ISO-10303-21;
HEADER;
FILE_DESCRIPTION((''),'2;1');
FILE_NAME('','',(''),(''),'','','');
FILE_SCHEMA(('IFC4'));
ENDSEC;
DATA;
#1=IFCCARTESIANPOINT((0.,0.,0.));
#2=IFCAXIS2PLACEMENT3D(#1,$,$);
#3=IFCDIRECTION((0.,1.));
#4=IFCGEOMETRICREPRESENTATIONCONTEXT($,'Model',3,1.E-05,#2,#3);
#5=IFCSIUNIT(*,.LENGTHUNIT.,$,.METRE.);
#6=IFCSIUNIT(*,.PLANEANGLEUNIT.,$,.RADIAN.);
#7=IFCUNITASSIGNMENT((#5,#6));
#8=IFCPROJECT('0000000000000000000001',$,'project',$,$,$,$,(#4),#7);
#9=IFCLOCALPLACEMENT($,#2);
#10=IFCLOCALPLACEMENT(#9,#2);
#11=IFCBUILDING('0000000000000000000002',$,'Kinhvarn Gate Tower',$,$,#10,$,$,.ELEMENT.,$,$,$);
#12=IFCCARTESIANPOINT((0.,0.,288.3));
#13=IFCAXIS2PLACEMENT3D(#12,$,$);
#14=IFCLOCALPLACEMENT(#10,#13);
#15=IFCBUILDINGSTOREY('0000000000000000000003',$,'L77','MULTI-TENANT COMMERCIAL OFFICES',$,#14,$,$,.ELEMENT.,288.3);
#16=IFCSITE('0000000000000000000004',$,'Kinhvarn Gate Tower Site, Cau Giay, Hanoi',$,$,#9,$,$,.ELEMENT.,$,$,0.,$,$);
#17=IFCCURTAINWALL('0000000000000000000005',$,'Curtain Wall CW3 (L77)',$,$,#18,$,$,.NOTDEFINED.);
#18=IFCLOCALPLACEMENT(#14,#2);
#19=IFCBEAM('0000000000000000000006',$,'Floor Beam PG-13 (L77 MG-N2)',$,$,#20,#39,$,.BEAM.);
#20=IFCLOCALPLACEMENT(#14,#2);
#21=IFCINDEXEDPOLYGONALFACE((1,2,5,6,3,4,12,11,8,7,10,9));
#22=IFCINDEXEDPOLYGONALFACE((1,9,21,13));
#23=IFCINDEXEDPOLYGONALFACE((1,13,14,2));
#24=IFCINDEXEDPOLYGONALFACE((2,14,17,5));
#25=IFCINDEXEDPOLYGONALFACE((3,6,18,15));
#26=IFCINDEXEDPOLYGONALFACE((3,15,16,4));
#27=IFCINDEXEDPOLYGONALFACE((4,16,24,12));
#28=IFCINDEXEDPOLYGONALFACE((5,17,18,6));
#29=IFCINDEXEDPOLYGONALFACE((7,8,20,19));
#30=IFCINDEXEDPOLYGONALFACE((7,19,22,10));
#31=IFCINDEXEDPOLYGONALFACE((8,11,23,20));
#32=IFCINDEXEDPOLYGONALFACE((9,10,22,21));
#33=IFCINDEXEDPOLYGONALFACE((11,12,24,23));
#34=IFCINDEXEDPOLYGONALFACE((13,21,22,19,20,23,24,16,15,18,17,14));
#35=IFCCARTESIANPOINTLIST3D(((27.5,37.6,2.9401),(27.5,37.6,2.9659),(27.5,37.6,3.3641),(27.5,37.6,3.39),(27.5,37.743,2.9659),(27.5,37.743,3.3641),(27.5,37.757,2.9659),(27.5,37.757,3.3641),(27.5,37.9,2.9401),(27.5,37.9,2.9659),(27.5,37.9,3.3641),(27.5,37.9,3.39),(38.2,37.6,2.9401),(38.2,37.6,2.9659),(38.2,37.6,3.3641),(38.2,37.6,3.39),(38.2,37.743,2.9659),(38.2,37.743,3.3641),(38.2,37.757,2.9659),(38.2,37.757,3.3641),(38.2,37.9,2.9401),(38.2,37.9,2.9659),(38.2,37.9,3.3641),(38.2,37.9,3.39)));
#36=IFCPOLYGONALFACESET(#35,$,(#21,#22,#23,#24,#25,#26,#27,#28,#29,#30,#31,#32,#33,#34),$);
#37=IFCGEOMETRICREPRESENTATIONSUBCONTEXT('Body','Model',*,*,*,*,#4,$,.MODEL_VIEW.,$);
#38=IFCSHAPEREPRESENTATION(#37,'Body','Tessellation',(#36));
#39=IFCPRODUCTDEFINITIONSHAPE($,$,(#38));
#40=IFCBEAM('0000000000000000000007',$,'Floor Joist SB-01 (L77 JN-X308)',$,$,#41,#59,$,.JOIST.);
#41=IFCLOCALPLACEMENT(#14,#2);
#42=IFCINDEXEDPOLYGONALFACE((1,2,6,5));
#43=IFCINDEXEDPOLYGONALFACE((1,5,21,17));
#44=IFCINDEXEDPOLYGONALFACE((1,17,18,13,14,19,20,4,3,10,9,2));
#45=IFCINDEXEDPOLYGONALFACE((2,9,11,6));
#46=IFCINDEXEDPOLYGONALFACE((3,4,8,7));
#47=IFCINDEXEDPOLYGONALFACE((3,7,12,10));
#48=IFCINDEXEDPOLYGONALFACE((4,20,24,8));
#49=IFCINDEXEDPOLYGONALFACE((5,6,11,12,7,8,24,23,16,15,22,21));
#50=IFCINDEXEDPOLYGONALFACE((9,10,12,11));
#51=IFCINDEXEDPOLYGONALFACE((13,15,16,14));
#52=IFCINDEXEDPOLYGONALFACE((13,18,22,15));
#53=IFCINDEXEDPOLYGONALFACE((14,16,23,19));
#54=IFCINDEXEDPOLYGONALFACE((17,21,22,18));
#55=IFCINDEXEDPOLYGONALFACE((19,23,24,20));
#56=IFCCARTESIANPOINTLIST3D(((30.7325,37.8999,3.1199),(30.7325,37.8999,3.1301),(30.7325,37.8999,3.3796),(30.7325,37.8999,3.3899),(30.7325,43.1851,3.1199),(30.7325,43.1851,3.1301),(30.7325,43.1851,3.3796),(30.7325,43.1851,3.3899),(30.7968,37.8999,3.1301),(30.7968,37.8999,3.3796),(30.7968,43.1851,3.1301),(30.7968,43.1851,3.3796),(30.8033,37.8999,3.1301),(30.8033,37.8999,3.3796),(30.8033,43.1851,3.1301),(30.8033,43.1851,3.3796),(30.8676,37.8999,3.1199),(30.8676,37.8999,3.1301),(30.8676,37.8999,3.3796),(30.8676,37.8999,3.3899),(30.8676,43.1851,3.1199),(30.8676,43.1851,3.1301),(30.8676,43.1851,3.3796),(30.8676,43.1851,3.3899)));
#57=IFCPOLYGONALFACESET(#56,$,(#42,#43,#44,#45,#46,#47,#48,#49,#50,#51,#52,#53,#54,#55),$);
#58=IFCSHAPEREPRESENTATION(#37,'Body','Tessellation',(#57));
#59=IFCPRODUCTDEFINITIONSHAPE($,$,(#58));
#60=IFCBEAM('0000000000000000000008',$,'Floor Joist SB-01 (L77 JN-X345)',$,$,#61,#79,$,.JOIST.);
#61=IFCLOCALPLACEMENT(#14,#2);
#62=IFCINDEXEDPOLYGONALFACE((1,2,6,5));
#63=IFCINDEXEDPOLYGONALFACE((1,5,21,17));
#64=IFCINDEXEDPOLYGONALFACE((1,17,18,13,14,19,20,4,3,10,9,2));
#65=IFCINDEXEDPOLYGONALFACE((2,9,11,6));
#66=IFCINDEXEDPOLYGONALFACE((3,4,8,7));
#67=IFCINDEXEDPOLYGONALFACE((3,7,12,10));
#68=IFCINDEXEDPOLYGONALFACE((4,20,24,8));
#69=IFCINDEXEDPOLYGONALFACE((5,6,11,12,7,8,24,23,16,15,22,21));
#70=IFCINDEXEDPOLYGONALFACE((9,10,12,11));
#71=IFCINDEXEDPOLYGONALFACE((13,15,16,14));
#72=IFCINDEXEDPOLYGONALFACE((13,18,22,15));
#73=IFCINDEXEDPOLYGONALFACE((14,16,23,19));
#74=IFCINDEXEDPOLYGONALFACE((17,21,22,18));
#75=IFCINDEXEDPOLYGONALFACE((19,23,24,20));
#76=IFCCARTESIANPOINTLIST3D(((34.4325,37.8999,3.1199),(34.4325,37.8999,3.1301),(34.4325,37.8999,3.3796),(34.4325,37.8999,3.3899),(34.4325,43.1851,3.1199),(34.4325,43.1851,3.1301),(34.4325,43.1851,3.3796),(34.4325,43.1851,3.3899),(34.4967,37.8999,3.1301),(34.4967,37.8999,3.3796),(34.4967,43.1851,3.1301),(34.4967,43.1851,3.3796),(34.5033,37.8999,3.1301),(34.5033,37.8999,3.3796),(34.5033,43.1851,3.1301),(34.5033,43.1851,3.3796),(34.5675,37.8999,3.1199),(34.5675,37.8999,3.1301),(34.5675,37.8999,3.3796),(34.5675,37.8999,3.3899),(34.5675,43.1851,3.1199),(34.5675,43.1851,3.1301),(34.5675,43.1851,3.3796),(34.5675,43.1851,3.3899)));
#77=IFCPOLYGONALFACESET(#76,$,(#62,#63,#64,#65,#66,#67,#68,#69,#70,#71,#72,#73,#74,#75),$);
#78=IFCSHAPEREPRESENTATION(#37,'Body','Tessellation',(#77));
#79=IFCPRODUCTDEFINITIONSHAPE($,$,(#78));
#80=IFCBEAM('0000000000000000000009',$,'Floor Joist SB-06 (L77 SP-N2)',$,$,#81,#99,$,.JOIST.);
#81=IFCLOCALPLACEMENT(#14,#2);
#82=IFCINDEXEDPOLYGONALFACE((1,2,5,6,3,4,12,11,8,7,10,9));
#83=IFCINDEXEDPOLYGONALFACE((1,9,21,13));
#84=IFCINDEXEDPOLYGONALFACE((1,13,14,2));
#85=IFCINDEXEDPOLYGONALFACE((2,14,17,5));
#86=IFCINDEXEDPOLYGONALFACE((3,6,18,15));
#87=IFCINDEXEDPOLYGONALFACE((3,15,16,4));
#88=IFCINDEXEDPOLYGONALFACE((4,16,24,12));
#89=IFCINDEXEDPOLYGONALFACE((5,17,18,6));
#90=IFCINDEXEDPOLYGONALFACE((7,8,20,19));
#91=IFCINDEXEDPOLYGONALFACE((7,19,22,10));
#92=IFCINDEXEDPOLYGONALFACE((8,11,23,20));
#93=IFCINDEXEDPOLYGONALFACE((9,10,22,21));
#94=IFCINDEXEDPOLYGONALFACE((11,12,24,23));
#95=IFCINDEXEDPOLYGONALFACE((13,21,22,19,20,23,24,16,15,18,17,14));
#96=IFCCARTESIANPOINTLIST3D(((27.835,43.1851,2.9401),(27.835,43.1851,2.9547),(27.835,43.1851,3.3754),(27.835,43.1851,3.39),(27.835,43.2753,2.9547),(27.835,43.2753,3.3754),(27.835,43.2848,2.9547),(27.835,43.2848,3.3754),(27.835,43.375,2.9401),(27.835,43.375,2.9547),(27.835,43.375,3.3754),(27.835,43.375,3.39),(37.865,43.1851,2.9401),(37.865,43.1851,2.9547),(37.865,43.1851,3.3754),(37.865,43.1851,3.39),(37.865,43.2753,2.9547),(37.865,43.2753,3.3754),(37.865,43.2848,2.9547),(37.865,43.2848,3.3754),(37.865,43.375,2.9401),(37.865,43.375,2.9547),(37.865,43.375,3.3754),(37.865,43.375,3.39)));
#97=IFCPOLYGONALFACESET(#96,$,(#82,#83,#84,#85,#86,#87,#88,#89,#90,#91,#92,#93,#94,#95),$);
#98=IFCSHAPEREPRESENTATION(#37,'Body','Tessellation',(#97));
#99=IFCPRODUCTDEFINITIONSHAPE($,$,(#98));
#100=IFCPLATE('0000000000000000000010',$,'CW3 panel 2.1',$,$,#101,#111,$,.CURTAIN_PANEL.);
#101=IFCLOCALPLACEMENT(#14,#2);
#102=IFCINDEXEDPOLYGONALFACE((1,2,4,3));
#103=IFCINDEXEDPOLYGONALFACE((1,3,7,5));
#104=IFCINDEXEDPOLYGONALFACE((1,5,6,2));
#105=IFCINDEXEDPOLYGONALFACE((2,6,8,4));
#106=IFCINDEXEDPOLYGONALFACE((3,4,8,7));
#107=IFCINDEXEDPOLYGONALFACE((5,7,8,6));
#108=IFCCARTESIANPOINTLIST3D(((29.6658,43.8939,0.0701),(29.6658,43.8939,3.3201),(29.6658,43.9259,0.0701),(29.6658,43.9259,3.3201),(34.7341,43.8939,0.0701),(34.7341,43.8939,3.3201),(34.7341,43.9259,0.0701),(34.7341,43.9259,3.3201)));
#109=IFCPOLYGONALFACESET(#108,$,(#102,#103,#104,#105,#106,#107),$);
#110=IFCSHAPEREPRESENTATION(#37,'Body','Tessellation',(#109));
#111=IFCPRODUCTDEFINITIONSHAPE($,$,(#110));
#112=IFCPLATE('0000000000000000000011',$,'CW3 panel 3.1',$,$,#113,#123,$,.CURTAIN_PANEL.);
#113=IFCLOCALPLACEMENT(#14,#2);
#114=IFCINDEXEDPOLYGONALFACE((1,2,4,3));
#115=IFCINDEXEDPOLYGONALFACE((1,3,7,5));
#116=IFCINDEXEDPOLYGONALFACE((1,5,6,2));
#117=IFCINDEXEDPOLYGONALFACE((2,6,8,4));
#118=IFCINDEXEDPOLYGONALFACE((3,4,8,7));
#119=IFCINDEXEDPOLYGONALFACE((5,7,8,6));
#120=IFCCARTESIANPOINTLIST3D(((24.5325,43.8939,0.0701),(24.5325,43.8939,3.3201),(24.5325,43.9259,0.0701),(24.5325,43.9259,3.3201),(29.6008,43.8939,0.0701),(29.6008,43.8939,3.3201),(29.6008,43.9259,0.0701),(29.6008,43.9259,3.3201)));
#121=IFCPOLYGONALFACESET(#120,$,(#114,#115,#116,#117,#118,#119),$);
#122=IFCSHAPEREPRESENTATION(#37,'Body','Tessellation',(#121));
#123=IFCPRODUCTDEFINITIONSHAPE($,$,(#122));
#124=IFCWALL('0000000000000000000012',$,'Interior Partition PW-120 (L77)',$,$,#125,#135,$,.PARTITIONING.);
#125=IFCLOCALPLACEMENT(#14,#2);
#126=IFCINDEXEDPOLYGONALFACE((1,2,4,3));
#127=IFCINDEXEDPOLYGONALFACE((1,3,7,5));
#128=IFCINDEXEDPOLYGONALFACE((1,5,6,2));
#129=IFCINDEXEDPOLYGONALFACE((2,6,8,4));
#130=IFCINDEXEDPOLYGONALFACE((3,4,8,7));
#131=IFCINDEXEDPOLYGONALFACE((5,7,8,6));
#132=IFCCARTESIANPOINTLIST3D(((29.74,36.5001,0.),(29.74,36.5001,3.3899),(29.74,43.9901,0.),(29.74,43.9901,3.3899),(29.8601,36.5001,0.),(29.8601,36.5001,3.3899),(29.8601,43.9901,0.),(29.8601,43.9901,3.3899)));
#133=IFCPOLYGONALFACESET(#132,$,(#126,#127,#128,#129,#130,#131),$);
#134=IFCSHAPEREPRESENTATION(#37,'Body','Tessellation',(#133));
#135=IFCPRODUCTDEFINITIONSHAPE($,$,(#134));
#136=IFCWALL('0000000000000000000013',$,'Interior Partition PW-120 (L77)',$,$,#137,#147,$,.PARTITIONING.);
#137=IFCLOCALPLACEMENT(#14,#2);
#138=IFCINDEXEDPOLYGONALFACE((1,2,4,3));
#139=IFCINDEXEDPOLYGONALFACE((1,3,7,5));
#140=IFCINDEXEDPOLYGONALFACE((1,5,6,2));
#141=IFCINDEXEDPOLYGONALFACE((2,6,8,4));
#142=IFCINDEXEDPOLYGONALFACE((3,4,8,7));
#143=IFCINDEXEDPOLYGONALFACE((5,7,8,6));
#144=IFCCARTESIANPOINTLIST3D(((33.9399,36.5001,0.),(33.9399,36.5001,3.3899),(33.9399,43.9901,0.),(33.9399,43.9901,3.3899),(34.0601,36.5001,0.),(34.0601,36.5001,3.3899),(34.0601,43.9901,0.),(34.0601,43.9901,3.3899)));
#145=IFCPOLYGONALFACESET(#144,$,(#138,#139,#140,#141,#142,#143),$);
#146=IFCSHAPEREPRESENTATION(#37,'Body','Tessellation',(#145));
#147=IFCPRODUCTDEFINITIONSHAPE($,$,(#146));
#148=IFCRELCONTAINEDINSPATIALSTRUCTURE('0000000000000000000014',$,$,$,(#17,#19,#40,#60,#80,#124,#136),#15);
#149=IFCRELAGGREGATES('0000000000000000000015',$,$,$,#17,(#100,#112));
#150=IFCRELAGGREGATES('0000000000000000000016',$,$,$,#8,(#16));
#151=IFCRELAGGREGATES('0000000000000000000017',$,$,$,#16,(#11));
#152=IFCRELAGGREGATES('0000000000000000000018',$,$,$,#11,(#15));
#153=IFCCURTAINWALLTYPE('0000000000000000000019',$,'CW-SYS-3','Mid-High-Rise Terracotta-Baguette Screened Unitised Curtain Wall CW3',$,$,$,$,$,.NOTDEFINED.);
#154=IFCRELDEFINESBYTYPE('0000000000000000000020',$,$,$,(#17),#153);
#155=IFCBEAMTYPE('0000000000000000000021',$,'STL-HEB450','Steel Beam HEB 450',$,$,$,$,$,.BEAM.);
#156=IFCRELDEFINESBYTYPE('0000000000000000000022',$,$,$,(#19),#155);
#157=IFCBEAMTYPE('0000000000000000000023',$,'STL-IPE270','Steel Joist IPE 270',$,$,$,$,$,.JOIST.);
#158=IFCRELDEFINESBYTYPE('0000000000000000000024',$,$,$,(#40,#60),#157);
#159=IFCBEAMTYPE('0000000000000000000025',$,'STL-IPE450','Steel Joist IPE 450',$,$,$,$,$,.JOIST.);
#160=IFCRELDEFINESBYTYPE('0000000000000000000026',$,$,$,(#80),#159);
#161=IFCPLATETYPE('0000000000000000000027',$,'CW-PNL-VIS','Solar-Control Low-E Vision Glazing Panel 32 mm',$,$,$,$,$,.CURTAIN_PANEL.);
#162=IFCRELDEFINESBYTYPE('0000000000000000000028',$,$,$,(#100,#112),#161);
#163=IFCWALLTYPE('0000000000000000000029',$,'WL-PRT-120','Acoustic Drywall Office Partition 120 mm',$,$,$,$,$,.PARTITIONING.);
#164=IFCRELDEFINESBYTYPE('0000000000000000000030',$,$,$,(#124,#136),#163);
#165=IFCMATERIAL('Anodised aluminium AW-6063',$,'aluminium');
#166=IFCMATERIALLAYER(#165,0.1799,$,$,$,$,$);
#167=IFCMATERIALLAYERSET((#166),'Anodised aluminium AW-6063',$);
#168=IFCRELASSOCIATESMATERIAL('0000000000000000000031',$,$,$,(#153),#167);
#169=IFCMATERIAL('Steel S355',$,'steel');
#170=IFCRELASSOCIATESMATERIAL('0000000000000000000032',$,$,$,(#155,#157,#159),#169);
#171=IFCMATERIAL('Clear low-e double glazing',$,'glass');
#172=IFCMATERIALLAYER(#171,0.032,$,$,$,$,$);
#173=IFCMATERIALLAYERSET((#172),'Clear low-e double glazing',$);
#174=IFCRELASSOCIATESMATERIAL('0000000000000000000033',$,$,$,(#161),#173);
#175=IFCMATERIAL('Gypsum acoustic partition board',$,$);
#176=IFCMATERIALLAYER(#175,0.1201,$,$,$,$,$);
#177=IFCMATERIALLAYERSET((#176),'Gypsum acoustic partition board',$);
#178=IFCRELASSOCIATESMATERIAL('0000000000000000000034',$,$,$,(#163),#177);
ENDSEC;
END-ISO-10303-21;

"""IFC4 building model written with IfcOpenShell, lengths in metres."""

from ifc_helpers import new_model, si_unit, direction, frame, frame_2d, origin, origin_2d, place, context, subcontext, project, spatial, rectangle, i_section, extrude, material, layer, layer_set, material_profile, profile_set, type_object, element, aggregate, save


model = new_model("IFC4")

# Units and contexts
model_context = context("Model", 3, precision=1e-05, world=origin(), true_north=direction((0.0, 1.0)))
body_context = subcontext(model_context, "Body", "Model", "MODEL_VIEW")
ifc_project = project(units=[si_unit("LENGTHUNIT", "METRE"), si_unit("PLANEANGLEUNIT", "RADIAN")], contexts=[model_context])

# Site, building, storey
site_placement = place(None, origin())
site = spatial("IfcSite", under=ifc_project, at=site_placement, Name="Kinhvarn Gate Tower Site, Cau Giay, Hanoi", CompositionType="ELEMENT", RefElevation=0.0)
building_placement = place(site_placement, origin())
building = spatial("IfcBuilding", under=site, at=building_placement, Name="Kinhvarn Gate Tower", CompositionType="ELEMENT")
storey_placement = place(building_placement, frame((0.0, 0.0, 288.3)))
storey = spatial("IfcBuildingStorey", under=building, at=storey_placement, Name="L77", Description="MULTI-TENANT COMMERCIAL OFFICES", CompositionType="ELEMENT", Elevation=288.3)

# Curtain wall
ifc_material_1 = material(Name="Anodised aluminium AW-6063", Category="aluminium")
ifc_layer_1 = layer(ifc_material_1, 0.1799)
ifc_layer_set_1 = layer_set([ifc_layer_1], Name="Anodised aluminium AW-6063")
curtain_wall_type = type_object("IfcCurtainWallType", Name="CW-SYS-3", Description="Mid-High-Rise Terracotta-Baguette Screened Unitised Curtain Wall CW3", PredefinedType="NOTDEFINED", material=ifc_layer_set_1)
curtain_wall_placement = place(storey_placement, origin())
curtain_wall = element("IfcCurtainWall", 1, at=curtain_wall_placement, inside=storey, type_object=curtain_wall_type, Name="Curtain Wall CW3 (L77)", PredefinedType="NOTDEFINED")

# Beams
ifc_material_2 = material(Name="Steel S355", Category="steel")
ifc_material_profile_1 = material_profile(ifc_material_2, i_section(OverallWidth=0.3, OverallDepth=0.45, WebThickness=0.0139, FlangeThickness=0.0259, at=origin_2d()), Name="HEB 450")
ifc_profile_set_1 = profile_set([ifc_material_profile_1], Name="Steel S355")
beam_type_1 = type_object("IfcBeamType", Name="STL-HEB450", Description="Steel Beam HEB 450", PredefinedType="BEAM", material=ifc_profile_set_1)
beam_1_placement = place(storey_placement, frame((27.5, 37.75, 3.165), z_axis=(1.0, 0.0, 0.0), x_axis=(0.0, 1.0, 0.0)))
element("IfcBeam", 2, at=beam_1_placement, inside=storey, type_object=beam_type_1, Name="Floor Beam PG-13 (L77 MG-N2)", PredefinedType="BEAM", context=body_context, shape_type="SweptSolid", body=[
    extrude(i_section(OverallWidth=0.3, OverallDepth=0.45, WebThickness=0.0139, FlangeThickness=0.0259, at=origin_2d()), origin(), (0.0, 0.0, 1.0), 10.7),
])
ifc_material_profile_2 = material_profile(ifc_material_2, i_section(OverallWidth=0.135, OverallDepth=0.27, WebThickness=0.0066, FlangeThickness=0.0103, at=origin_2d()), Name="IPE 270")
ifc_profile_set_2 = profile_set([ifc_material_profile_2], Name="Steel S355")
beam_type_2 = type_object("IfcBeamType", Name="STL-IPE270", Description="Steel Joist IPE 270", PredefinedType="JOIST", material=ifc_profile_set_2)
for number, where, z_axis, x_axis, name in (
    (3, (30.8, 37.8999, 3.2549), (0.0, 1.0, 0.0), (-1.0, 0.0, 0.0), "Floor Joist SB-01 (L77 JN-X308)"),
    (4, (34.5, 37.8999, 3.2549), (0.0, 1.0, 0.0), (-1.0, 0.0, 0.0), "Floor Joist SB-01 (L77 JN-X345)"),
):
    element("IfcBeam", number, at=place(storey_placement, frame(where, z_axis=z_axis, x_axis=x_axis)), inside=storey, type_object=beam_type_2, Name=name, PredefinedType="JOIST", context=body_context, shape_type="SweptSolid", body=[
        extrude(i_section(OverallWidth=0.135, OverallDepth=0.27, WebThickness=0.0066, FlangeThickness=0.0103, at=origin_2d()), origin(), (0.0, 0.0, 1.0), 5.2852),
    ])
ifc_material_profile_3 = material_profile(ifc_material_2, i_section(OverallWidth=0.1899, OverallDepth=0.45, WebThickness=0.0095, FlangeThickness=0.0146, at=origin_2d()), Name="IPE 450")
ifc_profile_set_3 = profile_set([ifc_material_profile_3], Name="Steel S355")
beam_type_3 = type_object("IfcBeamType", Name="STL-IPE450", Description="Steel Joist IPE 450", PredefinedType="JOIST", material=ifc_profile_set_3)
beam_2_placement = place(storey_placement, frame((27.835, 43.28, 3.165), z_axis=(1.0, 0.0, 0.0), x_axis=(0.0, 1.0, 0.0)))
element("IfcBeam", 5, at=beam_2_placement, inside=storey, type_object=beam_type_3, Name="Floor Joist SB-06 (L77 SP-N2)", PredefinedType="JOIST", context=body_context, shape_type="SweptSolid", body=[
    extrude(i_section(OverallWidth=0.1899, OverallDepth=0.45, WebThickness=0.0095, FlangeThickness=0.0146, at=origin_2d()), origin(), (0.0, 0.0, 1.0), 10.03),
])

# Plates
ifc_material_3 = material(Name="Clear low-e double glazing", Category="glass")
ifc_layer_2 = layer(ifc_material_3, 0.032)
ifc_layer_set_2 = layer_set([ifc_layer_2], Name="Clear low-e double glazing")
plate_type = type_object("IfcPlateType", Name="CW-PNL-VIS", Description="Solar-Control Low-E Vision Glazing Panel 32 mm", PredefinedType="CURTAIN_PANEL", material=ifc_layer_set_2)
plate_1_placement = place(storey_placement, frame((32.2, 43.9099, 0.0701), z_axis=(0.0, 0.0, 1.0), x_axis=(-1.0, 0.0, 0.0)))
plate_1 = element("IfcPlate", 6, at=plate_1_placement, type_object=plate_type, Name="CW3 panel 2.1", PredefinedType="CURTAIN_PANEL", context=body_context, shape_type="SweptSolid", body=[
    extrude(rectangle(XDim=5.0684, YDim=0.032, at=origin_2d()), origin(), (0.0, 0.0, 1.0), 3.25),
])
plate_2_placement = place(storey_placement, frame((27.0667, 43.9099, 0.0701), z_axis=(0.0, 0.0, 1.0), x_axis=(-1.0, 0.0, 0.0)))
plate_2 = element("IfcPlate", 7, at=plate_2_placement, type_object=plate_type, Name="CW3 panel 3.1", PredefinedType="CURTAIN_PANEL", context=body_context, shape_type="SweptSolid", body=[
    extrude(rectangle(XDim=5.0684, YDim=0.032, at=origin_2d()), origin(), (0.0, 0.0, 1.0), 3.25),
])
aggregate(curtain_wall, [plate_1, plate_2])

# Walls
ifc_material_4 = material(Name="Gypsum acoustic partition board")
ifc_layer_3 = layer(ifc_material_4, 0.1201)
ifc_layer_set_3 = layer_set([ifc_layer_3], Name="Gypsum acoustic partition board")
wall_type_1 = type_object("IfcWallType", Name="WL-PRT-120", Description="Acoustic Drywall Office Partition 120 mm", PredefinedType="PARTITIONING", material=ifc_layer_set_3)
for number, where, z_axis, x_axis, name in (
    (8, (29.8, 36.5, 0.0), (0.0, 0.0, 1.0), (0.0, 1.0, 0.0), "Interior Partition PW-120 (L77)"),
    (9, (34.0, 36.5, 0.0), (0.0, 0.0, 1.0), (0.0, 1.0, 0.0), "Interior Partition PW-120 (L77)"),
):
    element("IfcWall", number, at=place(storey_placement, frame(where, z_axis=z_axis, x_axis=x_axis)), inside=storey, type_object=wall_type_1, Name=name, PredefinedType="PARTITIONING", context=body_context, shape_type="SweptSolid", body=[
        extrude(rectangle(XDim=7.49, YDim=0.1201, at=frame_2d((3.7451, 0.0))), origin(), (0.0, 0.0, 1.0), 3.3899),
    ])

save(model, "model.ifc")
